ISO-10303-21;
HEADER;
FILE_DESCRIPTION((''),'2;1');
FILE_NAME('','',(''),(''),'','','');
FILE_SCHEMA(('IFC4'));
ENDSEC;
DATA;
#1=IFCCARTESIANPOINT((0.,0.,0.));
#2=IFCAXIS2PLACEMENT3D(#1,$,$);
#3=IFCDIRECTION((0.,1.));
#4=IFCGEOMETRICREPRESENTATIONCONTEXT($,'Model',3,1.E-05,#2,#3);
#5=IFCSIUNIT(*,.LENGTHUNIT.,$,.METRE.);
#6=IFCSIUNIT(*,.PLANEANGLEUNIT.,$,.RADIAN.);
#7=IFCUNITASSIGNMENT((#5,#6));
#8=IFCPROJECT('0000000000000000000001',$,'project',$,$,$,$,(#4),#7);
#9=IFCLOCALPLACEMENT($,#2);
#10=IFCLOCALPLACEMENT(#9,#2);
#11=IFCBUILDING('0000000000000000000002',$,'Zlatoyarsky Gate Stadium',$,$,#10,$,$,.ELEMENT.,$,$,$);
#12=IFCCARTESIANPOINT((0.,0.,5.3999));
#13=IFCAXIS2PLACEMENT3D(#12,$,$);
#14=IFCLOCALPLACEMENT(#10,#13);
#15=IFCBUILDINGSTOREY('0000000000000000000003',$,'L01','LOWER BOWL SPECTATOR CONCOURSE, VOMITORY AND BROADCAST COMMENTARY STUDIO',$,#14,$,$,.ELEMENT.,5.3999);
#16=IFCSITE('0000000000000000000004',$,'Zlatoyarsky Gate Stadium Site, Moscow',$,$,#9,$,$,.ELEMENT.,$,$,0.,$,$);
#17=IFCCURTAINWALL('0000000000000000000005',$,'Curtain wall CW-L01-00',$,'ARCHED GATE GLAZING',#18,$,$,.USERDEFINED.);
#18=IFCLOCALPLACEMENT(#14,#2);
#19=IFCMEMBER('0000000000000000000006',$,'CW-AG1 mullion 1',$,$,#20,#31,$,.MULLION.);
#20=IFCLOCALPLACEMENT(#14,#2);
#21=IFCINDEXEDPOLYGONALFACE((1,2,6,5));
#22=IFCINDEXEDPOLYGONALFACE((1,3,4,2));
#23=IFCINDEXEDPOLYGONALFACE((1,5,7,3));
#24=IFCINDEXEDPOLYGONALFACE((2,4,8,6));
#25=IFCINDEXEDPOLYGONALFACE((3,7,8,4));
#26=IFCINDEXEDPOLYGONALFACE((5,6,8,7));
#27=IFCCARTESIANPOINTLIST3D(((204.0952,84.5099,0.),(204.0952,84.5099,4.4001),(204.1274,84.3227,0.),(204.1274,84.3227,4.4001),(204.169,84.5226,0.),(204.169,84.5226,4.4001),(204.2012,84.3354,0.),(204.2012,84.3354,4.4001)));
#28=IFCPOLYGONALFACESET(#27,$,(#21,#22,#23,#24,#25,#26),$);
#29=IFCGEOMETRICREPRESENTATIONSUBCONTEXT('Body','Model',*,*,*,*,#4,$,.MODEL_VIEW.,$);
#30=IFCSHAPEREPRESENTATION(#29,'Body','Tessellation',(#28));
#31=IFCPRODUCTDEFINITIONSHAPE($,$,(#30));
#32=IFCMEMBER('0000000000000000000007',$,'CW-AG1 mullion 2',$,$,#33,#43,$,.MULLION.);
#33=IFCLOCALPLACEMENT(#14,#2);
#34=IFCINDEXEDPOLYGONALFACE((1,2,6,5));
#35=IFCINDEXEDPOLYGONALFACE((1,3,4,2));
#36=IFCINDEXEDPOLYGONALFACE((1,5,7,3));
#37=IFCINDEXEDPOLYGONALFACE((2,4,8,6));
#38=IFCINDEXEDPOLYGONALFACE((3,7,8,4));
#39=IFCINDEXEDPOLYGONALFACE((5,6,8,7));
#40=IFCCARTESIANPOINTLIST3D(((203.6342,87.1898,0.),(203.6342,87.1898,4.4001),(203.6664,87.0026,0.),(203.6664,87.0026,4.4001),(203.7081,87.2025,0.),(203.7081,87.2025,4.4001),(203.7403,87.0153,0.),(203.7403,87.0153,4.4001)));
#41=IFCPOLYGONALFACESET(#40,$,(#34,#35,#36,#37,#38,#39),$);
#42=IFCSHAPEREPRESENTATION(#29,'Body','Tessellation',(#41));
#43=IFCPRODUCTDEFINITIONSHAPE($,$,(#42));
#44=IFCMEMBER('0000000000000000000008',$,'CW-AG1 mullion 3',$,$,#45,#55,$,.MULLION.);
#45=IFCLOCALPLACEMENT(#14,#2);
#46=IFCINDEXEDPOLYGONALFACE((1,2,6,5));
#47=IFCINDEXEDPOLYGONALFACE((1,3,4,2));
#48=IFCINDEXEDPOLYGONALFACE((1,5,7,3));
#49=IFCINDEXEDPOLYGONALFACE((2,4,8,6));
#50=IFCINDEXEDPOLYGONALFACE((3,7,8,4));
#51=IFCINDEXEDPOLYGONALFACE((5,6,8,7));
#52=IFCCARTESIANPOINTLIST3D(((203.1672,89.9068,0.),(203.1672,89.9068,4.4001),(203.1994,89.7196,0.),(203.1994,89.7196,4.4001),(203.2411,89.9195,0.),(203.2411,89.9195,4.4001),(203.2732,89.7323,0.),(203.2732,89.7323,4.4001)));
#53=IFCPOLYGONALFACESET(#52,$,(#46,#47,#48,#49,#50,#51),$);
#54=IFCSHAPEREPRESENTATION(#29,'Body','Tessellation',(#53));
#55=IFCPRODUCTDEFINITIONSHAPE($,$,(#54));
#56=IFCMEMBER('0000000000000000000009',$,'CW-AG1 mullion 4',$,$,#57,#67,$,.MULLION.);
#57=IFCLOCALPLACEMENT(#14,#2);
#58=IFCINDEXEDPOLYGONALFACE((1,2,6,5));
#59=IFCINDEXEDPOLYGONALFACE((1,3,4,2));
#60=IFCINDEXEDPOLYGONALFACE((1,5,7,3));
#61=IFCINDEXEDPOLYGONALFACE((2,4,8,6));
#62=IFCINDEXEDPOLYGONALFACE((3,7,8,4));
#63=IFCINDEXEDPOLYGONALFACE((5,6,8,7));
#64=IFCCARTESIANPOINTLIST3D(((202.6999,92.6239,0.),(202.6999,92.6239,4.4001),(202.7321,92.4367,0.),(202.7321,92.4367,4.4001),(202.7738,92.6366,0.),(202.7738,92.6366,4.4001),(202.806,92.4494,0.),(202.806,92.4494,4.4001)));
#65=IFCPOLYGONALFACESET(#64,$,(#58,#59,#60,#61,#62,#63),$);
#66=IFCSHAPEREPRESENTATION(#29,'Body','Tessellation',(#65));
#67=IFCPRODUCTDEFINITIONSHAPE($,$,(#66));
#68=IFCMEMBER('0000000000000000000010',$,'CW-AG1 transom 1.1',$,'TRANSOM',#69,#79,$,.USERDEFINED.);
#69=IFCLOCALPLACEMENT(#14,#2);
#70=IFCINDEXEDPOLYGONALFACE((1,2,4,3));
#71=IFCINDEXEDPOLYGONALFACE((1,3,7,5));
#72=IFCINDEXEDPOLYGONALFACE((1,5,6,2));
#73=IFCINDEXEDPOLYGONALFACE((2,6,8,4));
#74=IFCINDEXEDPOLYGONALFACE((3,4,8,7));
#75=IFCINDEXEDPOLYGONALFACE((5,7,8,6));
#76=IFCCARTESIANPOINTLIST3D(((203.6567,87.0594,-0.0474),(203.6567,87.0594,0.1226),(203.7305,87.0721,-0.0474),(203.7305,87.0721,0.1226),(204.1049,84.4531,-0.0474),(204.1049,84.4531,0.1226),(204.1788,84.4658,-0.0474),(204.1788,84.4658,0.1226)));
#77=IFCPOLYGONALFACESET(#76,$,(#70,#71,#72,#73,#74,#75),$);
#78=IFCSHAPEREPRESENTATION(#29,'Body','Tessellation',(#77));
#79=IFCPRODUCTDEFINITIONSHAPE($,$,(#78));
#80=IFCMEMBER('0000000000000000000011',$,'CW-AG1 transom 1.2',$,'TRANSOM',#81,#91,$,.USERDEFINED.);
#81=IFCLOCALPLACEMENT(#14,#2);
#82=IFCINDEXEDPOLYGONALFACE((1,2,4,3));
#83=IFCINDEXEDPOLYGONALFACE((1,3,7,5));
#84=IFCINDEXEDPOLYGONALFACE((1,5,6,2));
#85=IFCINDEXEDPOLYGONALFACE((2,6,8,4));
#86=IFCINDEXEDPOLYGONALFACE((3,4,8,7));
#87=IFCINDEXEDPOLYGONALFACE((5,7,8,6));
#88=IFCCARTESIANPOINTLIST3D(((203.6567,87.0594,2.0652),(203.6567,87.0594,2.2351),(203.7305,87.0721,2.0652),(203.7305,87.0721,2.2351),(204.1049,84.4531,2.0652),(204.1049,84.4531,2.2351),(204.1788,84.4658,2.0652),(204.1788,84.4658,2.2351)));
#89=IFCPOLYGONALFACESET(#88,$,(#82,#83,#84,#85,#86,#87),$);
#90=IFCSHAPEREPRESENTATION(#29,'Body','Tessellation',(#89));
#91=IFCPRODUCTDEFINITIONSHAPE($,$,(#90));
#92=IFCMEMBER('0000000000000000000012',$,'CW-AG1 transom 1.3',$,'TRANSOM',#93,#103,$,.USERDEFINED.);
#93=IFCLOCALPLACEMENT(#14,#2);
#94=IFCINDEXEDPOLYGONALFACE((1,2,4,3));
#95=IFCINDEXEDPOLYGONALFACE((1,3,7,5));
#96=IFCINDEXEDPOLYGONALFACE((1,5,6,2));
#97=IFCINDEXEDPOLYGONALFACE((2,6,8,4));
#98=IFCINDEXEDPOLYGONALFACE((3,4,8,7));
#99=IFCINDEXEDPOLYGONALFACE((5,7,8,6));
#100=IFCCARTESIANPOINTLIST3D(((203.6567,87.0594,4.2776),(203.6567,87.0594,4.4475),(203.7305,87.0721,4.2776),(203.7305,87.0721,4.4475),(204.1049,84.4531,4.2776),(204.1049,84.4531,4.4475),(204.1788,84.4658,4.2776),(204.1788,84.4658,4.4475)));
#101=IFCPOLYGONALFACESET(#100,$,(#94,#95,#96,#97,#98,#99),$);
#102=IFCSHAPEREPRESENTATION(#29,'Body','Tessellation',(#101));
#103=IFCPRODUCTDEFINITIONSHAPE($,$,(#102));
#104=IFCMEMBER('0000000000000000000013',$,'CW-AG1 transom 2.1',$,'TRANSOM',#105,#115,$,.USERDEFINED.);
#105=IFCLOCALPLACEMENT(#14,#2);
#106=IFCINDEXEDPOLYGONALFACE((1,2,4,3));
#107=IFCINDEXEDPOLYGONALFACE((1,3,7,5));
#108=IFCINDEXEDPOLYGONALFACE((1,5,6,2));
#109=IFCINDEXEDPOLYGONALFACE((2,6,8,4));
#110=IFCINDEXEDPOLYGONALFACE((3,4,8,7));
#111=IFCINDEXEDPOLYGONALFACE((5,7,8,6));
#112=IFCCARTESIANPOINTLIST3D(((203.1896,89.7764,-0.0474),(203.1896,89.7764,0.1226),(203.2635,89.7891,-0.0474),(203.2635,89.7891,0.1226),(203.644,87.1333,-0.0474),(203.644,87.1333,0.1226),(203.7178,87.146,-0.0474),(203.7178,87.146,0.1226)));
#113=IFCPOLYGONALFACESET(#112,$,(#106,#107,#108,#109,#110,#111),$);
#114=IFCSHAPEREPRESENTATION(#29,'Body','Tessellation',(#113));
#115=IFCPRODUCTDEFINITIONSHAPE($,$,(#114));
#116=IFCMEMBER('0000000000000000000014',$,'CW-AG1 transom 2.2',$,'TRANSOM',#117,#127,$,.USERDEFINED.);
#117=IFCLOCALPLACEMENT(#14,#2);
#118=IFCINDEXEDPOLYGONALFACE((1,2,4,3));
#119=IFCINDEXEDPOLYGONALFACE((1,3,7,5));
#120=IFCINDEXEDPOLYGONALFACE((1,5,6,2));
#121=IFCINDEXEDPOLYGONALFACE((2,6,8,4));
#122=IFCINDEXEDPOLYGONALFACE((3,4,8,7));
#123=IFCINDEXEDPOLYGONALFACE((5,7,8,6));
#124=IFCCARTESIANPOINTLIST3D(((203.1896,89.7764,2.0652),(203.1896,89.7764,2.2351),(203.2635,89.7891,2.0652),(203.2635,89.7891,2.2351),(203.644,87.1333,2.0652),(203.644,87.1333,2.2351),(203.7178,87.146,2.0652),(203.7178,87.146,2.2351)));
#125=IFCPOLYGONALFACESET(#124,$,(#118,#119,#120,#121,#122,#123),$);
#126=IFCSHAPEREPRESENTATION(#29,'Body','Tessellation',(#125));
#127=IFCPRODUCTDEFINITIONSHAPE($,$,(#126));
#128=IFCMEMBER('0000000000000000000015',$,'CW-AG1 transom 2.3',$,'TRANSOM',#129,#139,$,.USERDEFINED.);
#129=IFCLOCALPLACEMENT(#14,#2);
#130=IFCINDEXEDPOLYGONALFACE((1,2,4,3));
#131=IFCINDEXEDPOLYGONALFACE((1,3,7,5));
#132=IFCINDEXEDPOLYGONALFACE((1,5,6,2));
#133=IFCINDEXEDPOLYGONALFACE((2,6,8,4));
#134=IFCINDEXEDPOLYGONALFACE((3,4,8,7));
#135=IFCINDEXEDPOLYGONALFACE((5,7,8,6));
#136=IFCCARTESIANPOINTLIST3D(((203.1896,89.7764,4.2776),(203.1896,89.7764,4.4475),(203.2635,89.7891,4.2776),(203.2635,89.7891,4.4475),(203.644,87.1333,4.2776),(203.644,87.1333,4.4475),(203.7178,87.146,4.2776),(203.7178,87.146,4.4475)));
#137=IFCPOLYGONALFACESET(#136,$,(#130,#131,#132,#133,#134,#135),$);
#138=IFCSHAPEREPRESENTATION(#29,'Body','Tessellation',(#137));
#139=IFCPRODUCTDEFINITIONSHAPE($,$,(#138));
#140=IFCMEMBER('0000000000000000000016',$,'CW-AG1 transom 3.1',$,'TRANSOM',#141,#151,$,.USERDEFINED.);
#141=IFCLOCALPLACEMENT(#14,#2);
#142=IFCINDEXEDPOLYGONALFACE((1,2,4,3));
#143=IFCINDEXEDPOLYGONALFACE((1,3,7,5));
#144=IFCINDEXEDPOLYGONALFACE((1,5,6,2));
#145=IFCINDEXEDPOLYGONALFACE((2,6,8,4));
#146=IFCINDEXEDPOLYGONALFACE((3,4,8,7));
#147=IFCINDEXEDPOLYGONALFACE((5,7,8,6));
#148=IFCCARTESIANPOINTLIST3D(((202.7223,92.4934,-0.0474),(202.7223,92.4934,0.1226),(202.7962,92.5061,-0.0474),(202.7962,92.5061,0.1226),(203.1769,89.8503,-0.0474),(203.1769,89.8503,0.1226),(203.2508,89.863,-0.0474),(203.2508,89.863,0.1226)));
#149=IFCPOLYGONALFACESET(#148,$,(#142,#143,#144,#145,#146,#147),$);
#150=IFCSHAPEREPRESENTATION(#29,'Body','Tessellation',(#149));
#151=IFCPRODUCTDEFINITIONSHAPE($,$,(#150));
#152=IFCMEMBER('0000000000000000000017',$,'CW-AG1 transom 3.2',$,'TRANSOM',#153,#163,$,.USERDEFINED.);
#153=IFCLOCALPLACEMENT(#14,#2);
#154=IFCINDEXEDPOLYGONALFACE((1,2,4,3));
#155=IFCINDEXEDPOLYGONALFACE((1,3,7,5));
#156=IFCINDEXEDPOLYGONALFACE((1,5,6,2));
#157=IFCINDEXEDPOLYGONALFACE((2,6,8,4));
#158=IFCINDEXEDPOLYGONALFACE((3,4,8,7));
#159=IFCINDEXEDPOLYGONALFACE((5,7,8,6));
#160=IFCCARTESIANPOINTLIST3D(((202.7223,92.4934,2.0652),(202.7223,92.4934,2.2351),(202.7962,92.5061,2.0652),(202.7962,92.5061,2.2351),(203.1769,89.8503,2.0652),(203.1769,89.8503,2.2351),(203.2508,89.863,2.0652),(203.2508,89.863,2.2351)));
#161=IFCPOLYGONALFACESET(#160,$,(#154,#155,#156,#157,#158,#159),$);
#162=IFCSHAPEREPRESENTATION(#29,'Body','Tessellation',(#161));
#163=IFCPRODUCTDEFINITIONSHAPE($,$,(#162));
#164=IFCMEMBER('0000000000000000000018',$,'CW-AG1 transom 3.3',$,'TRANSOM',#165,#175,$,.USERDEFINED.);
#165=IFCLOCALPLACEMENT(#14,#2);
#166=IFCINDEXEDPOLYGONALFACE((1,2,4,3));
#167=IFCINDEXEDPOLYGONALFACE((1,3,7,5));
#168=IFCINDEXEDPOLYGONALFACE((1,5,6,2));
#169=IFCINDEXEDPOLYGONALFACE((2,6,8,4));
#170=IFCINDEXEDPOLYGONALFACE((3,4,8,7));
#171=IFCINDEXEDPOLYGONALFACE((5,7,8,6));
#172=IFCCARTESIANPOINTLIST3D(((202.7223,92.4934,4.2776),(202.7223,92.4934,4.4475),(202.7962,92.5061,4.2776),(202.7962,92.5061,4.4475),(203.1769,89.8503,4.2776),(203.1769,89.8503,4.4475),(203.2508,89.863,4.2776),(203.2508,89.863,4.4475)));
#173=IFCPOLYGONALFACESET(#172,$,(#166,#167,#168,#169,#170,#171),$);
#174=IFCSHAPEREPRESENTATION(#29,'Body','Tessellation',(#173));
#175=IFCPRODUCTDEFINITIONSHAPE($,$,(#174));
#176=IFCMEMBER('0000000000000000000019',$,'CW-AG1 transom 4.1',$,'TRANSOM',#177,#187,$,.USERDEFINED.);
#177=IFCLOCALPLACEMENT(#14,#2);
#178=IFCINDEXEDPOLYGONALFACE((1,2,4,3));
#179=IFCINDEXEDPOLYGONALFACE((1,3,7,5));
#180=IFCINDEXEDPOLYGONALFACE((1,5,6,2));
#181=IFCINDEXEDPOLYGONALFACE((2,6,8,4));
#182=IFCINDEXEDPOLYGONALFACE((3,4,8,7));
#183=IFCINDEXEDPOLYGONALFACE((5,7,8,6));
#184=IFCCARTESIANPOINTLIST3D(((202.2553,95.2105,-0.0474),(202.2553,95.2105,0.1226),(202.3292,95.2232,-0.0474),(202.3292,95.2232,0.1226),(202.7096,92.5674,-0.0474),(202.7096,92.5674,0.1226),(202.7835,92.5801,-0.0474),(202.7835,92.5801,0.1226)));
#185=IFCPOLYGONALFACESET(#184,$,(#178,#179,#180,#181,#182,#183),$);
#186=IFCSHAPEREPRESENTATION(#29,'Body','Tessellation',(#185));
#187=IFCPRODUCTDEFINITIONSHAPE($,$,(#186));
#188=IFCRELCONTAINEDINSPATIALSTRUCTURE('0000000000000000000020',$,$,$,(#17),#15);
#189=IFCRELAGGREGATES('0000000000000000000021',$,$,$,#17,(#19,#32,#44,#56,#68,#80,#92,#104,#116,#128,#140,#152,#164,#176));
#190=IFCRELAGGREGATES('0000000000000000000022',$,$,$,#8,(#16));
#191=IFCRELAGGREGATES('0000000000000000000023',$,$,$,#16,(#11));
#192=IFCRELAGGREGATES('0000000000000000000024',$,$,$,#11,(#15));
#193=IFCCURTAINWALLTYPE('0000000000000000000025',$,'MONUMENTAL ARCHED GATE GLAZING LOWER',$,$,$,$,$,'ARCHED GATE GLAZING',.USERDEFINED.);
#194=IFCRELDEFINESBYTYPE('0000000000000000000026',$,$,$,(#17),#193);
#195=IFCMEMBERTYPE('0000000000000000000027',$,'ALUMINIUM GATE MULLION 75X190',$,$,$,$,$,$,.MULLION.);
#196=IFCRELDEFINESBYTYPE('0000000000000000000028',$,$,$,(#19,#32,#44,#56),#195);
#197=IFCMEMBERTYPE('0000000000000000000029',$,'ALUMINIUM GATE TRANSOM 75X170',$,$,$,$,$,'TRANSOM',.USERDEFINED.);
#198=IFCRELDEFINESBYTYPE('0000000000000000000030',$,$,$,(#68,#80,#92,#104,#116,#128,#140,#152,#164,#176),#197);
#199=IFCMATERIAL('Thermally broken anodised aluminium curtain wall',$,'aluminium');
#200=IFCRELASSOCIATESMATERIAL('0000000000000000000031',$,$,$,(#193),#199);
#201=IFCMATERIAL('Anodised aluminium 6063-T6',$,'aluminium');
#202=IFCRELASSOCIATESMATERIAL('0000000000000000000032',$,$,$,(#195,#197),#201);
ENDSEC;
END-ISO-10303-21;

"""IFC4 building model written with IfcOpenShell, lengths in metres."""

from ifc_helpers import new_model, si_unit, direction, frame, origin, origin_2d, place, context, subcontext, project, spatial, rectangle, extrude, material, material_profile, profile_set, type_object, element, aggregate, save


model = new_model("IFC4")

# Units and contexts
model_context = context("Model", 3, precision=1e-05, world=origin(), true_north=direction((0.0, 1.0)))
body_context = subcontext(model_context, "Body", "Model", "MODEL_VIEW")
ifc_project = project(units=[si_unit("LENGTHUNIT", "METRE"), si_unit("PLANEANGLEUNIT", "RADIAN")], contexts=[model_context])

# Site, building, storey
site_placement = place(None, origin())
site = spatial("IfcSite", under=ifc_project, at=site_placement, Name="Zlatoyarsky Gate Stadium Site, Moscow", CompositionType="ELEMENT", RefElevation=0.0)
building_placement = place(site_placement, origin())
building = spatial("IfcBuilding", under=site, at=building_placement, Name="Zlatoyarsky Gate Stadium", CompositionType="ELEMENT")
storey_placement = place(building_placement, frame((0.0, 0.0, 5.3999)))
storey = spatial("IfcBuildingStorey", under=building, at=storey_placement, Name="L01", Description="LOWER BOWL SPECTATOR CONCOURSE, VOMITORY AND BROADCAST COMMENTARY STUDIO", CompositionType="ELEMENT", Elevation=5.3999)

# Curtain wall, members
ifc_material_1 = material(Name="Thermally broken anodised aluminium curtain wall", Category="aluminium")
curtain_wall_type_1 = type_object("IfcCurtainWallType", Name="MONUMENTAL ARCHED GATE GLAZING LOWER", ElementType="ARCHED GATE GLAZING", PredefinedType="USERDEFINED", material=ifc_material_1)
curtain_wall_1_placement = place(storey_placement, origin())
curtain_wall_1 = element("IfcCurtainWall", 1, at=curtain_wall_1_placement, inside=storey, type_object=curtain_wall_type_1, Name="Curtain wall CW-L01-00", ObjectType="ARCHED GATE GLAZING", PredefinedType="USERDEFINED")
ifc_material_2 = material(Name="Anodised aluminium 6063-T6", Category="aluminium")
ifc_material_profile_1 = material_profile(ifc_material_2, rectangle(XDim=0.075, YDim=0.1899, at=origin_2d()), Name="ALU 75X190")
ifc_profile_set_1 = profile_set([ifc_material_profile_1], Name="Anodised aluminium 6063-T6")
member_type_1 = type_object("IfcMemberType", Name="ALUMINIUM GATE MULLION 75X190", PredefinedType="MULLION", material=ifc_profile_set_1)
member_1_placement = place(storey_placement, frame((204.1482, 84.4226, 0.0), z_axis=(0.0, 0.0, 1.0), x_axis=(-0.985538, -0.169452, 0.0)))
member_1 = element("IfcMember", 2, at=member_1_placement, type_object=member_type_1, Name="CW-AG1 mullion 1", PredefinedType="MULLION", context=body_context, shape_type="SweptSolid", body=[
    extrude(rectangle(XDim=0.075, YDim=0.1899, at=origin_2d()), origin(), (0.0, 0.0, 1.0), 4.4001),
])
member_2_placement = place(storey_placement, frame((203.6873, 87.1025, 0.0), z_axis=(0.0, 0.0, 1.0), x_axis=(-0.985538, -0.169452, 0.0)))
member_2 = element("IfcMember", 3, at=member_2_placement, type_object=member_type_1, Name="CW-AG1 mullion 2", PredefinedType="MULLION", context=body_context, shape_type="SweptSolid", body=[
    extrude(rectangle(XDim=0.075, YDim=0.1899, at=origin_2d()), origin(), (0.0, 0.0, 1.0), 4.4001),
])
member_3_placement = place(storey_placement, frame((203.2202, 89.8196, 0.0), z_axis=(0.0, 0.0, 1.0), x_axis=(-0.985538, -0.169452, 0.0)))
member_3 = element("IfcMember", 4, at=member_3_placement, type_object=member_type_1, Name="CW-AG1 mullion 3", PredefinedType="MULLION", context=body_context, shape_type="SweptSolid", body=[
    extrude(rectangle(XDim=0.075, YDim=0.1899, at=origin_2d()), origin(), (0.0, 0.0, 1.0), 4.4001),
])
member_4_placement = place(storey_placement, frame((202.7529, 92.5366, 0.0), z_axis=(0.0, 0.0, 1.0), x_axis=(-0.985538, -0.169452, 0.0)))
member_4 = element("IfcMember", 5, at=member_4_placement, type_object=member_type_1, Name="CW-AG1 mullion 4", PredefinedType="MULLION", context=body_context, shape_type="SweptSolid", body=[
    extrude(rectangle(XDim=0.075, YDim=0.1899, at=origin_2d()), origin(), (0.0, 0.0, 1.0), 4.4001),
])
ifc_material_profile_2 = material_profile(ifc_material_2, rectangle(XDim=0.075, YDim=0.1699, at=origin_2d()), Name="ALU 75X170")
ifc_profile_set_2 = profile_set([ifc_material_profile_2], Name="Anodised aluminium 6063-T6")
member_type_2 = type_object("IfcMemberType", Name="ALUMINIUM GATE TRANSOM 75X170", ElementType="TRANSOM", PredefinedType="USERDEFINED", material=ifc_profile_set_2)
member_5_placement = place(storey_placement, frame((204.1418, 84.4595, 0.0376), z_axis=(-0.169502, 0.98553, 0.0), x_axis=(-0.98553, -0.169502, 0.0)))
member_5 = element("IfcMember", 6, at=member_5_placement, type_object=member_type_2, Name="CW-AG1 transom 1.1", ObjectType="TRANSOM", PredefinedType="USERDEFINED", context=body_context, shape_type="SweptSolid", body=[
    extrude(rectangle(XDim=0.075, YDim=0.1699, at=origin_2d()), origin(), (0.0, 0.0, 1.0), 2.6445),
])
member_6_placement = place(storey_placement, frame((204.1418, 84.4595, 2.1501), z_axis=(-0.169502, 0.98553, 0.0), x_axis=(-0.98553, -0.169502, 0.0)))
member_6 = element("IfcMember", 7, at=member_6_placement, type_object=member_type_2, Name="CW-AG1 transom 1.2", ObjectType="TRANSOM", PredefinedType="USERDEFINED", context=body_context, shape_type="SweptSolid", body=[
    extrude(rectangle(XDim=0.075, YDim=0.1699, at=origin_2d()), origin(), (0.0, 0.0, 1.0), 2.6445),
])
member_7_placement = place(storey_placement, frame((204.1418, 84.4595, 4.3625), z_axis=(-0.169502, 0.98553, 0.0), x_axis=(-0.98553, -0.169502, 0.0)))
member_7 = element("IfcMember", 8, at=member_7_placement, type_object=member_type_2, Name="CW-AG1 transom 1.3", ObjectType="TRANSOM", PredefinedType="USERDEFINED", context=body_context, shape_type="SweptSolid", body=[
    extrude(rectangle(XDim=0.075, YDim=0.1699, at=origin_2d()), origin(), (0.0, 0.0, 1.0), 2.6445),
])
member_8_placement = place(storey_placement, frame((203.6809, 87.1396, 0.0376), z_axis=(-0.169416, 0.985545, 0.0), x_axis=(-0.985545, -0.169416, 0.0)))
member_8 = element("IfcMember", 9, at=member_8_placement, type_object=member_type_2, Name="CW-AG1 transom 2.1", ObjectType="TRANSOM", PredefinedType="USERDEFINED", context=body_context, shape_type="SweptSolid", body=[
    extrude(rectangle(XDim=0.075, YDim=0.1699, at=origin_2d()), origin(), (0.0, 0.0, 1.0), 2.6819),
])
member_9_placement = place(storey_placement, frame((203.6809, 87.1396, 2.1501), z_axis=(-0.169416, 0.985545, 0.0), x_axis=(-0.985545, -0.169416, 0.0)))
member_9 = element("IfcMember", 10, at=member_9_placement, type_object=member_type_2, Name="CW-AG1 transom 2.2", ObjectType="TRANSOM", PredefinedType="USERDEFINED", context=body_context, shape_type="SweptSolid", body=[
    extrude(rectangle(XDim=0.075, YDim=0.1699, at=origin_2d()), origin(), (0.0, 0.0, 1.0), 2.6819),
])
member_10_placement = place(storey_placement, frame((203.6809, 87.1396, 4.3625), z_axis=(-0.169416, 0.985545, 0.0), x_axis=(-0.985545, -0.169416, 0.0)))
member_10 = element("IfcMember", 11, at=member_10_placement, type_object=member_type_2, Name="CW-AG1 transom 2.3", ObjectType="TRANSOM", PredefinedType="USERDEFINED", context=body_context, shape_type="SweptSolid", body=[
    extrude(rectangle(XDim=0.075, YDim=0.1699, at=origin_2d()), origin(), (0.0, 0.0, 1.0), 2.6819),
])
member_11_placement = place(storey_placement, frame((203.2139, 89.8567, 0.0376), z_axis=(-0.169505, 0.985529, 0.0), x_axis=(-0.985529, -0.169505, 0.0)))
member_11 = element("IfcMember", 12, at=member_11_placement, type_object=member_type_2, Name="CW-AG1 transom 3.1", ObjectType="TRANSOM", PredefinedType="USERDEFINED", context=body_context, shape_type="SweptSolid", body=[
    extrude(rectangle(XDim=0.075, YDim=0.1699, at=origin_2d()), origin(), (0.0, 0.0, 1.0), 2.6819),
])
member_12_placement = place(storey_placement, frame((203.2139, 89.8567, 2.1501), z_axis=(-0.169505, 0.985529, 0.0), x_axis=(-0.985529, -0.169505, 0.0)))
member_12 = element("IfcMember", 13, at=member_12_placement, type_object=member_type_2, Name="CW-AG1 transom 3.2", ObjectType="TRANSOM", PredefinedType="USERDEFINED", context=body_context, shape_type="SweptSolid", body=[
    extrude(rectangle(XDim=0.075, YDim=0.1699, at=origin_2d()), origin(), (0.0, 0.0, 1.0), 2.6819),
])
member_13_placement = place(storey_placement, frame((203.2139, 89.8567, 4.3625), z_axis=(-0.169505, 0.985529, 0.0), x_axis=(-0.985529, -0.169505, 0.0)))
member_13 = element("IfcMember", 14, at=member_13_placement, type_object=member_type_2, Name="CW-AG1 transom 3.3", ObjectType="TRANSOM", PredefinedType="USERDEFINED", context=body_context, shape_type="SweptSolid", body=[
    extrude(rectangle(XDim=0.075, YDim=0.1699, at=origin_2d()), origin(), (0.0, 0.0, 1.0), 2.6819),
])
member_14_placement = place(storey_placement, frame((202.7466, 92.5737, 0.0376), z_axis=(-0.169416, 0.985545, 0.0), x_axis=(-0.985545, -0.169416, 0.0)))
member_14 = element("IfcMember", 15, at=member_14_placement, type_object=member_type_2, Name="CW-AG1 transom 4.1", ObjectType="TRANSOM", PredefinedType="USERDEFINED", context=body_context, shape_type="SweptSolid", body=[
    extrude(rectangle(XDim=0.075, YDim=0.1699, at=origin_2d()), origin(), (0.0, 0.0, 1.0), 2.6819),
])

aggregate(curtain_wall_1, [member_1, member_2, member_3, member_4, member_5, member_6, member_7, member_8, member_9, member_10, member_11, member_12, member_13, member_14])

save(model, "model.ifc")
